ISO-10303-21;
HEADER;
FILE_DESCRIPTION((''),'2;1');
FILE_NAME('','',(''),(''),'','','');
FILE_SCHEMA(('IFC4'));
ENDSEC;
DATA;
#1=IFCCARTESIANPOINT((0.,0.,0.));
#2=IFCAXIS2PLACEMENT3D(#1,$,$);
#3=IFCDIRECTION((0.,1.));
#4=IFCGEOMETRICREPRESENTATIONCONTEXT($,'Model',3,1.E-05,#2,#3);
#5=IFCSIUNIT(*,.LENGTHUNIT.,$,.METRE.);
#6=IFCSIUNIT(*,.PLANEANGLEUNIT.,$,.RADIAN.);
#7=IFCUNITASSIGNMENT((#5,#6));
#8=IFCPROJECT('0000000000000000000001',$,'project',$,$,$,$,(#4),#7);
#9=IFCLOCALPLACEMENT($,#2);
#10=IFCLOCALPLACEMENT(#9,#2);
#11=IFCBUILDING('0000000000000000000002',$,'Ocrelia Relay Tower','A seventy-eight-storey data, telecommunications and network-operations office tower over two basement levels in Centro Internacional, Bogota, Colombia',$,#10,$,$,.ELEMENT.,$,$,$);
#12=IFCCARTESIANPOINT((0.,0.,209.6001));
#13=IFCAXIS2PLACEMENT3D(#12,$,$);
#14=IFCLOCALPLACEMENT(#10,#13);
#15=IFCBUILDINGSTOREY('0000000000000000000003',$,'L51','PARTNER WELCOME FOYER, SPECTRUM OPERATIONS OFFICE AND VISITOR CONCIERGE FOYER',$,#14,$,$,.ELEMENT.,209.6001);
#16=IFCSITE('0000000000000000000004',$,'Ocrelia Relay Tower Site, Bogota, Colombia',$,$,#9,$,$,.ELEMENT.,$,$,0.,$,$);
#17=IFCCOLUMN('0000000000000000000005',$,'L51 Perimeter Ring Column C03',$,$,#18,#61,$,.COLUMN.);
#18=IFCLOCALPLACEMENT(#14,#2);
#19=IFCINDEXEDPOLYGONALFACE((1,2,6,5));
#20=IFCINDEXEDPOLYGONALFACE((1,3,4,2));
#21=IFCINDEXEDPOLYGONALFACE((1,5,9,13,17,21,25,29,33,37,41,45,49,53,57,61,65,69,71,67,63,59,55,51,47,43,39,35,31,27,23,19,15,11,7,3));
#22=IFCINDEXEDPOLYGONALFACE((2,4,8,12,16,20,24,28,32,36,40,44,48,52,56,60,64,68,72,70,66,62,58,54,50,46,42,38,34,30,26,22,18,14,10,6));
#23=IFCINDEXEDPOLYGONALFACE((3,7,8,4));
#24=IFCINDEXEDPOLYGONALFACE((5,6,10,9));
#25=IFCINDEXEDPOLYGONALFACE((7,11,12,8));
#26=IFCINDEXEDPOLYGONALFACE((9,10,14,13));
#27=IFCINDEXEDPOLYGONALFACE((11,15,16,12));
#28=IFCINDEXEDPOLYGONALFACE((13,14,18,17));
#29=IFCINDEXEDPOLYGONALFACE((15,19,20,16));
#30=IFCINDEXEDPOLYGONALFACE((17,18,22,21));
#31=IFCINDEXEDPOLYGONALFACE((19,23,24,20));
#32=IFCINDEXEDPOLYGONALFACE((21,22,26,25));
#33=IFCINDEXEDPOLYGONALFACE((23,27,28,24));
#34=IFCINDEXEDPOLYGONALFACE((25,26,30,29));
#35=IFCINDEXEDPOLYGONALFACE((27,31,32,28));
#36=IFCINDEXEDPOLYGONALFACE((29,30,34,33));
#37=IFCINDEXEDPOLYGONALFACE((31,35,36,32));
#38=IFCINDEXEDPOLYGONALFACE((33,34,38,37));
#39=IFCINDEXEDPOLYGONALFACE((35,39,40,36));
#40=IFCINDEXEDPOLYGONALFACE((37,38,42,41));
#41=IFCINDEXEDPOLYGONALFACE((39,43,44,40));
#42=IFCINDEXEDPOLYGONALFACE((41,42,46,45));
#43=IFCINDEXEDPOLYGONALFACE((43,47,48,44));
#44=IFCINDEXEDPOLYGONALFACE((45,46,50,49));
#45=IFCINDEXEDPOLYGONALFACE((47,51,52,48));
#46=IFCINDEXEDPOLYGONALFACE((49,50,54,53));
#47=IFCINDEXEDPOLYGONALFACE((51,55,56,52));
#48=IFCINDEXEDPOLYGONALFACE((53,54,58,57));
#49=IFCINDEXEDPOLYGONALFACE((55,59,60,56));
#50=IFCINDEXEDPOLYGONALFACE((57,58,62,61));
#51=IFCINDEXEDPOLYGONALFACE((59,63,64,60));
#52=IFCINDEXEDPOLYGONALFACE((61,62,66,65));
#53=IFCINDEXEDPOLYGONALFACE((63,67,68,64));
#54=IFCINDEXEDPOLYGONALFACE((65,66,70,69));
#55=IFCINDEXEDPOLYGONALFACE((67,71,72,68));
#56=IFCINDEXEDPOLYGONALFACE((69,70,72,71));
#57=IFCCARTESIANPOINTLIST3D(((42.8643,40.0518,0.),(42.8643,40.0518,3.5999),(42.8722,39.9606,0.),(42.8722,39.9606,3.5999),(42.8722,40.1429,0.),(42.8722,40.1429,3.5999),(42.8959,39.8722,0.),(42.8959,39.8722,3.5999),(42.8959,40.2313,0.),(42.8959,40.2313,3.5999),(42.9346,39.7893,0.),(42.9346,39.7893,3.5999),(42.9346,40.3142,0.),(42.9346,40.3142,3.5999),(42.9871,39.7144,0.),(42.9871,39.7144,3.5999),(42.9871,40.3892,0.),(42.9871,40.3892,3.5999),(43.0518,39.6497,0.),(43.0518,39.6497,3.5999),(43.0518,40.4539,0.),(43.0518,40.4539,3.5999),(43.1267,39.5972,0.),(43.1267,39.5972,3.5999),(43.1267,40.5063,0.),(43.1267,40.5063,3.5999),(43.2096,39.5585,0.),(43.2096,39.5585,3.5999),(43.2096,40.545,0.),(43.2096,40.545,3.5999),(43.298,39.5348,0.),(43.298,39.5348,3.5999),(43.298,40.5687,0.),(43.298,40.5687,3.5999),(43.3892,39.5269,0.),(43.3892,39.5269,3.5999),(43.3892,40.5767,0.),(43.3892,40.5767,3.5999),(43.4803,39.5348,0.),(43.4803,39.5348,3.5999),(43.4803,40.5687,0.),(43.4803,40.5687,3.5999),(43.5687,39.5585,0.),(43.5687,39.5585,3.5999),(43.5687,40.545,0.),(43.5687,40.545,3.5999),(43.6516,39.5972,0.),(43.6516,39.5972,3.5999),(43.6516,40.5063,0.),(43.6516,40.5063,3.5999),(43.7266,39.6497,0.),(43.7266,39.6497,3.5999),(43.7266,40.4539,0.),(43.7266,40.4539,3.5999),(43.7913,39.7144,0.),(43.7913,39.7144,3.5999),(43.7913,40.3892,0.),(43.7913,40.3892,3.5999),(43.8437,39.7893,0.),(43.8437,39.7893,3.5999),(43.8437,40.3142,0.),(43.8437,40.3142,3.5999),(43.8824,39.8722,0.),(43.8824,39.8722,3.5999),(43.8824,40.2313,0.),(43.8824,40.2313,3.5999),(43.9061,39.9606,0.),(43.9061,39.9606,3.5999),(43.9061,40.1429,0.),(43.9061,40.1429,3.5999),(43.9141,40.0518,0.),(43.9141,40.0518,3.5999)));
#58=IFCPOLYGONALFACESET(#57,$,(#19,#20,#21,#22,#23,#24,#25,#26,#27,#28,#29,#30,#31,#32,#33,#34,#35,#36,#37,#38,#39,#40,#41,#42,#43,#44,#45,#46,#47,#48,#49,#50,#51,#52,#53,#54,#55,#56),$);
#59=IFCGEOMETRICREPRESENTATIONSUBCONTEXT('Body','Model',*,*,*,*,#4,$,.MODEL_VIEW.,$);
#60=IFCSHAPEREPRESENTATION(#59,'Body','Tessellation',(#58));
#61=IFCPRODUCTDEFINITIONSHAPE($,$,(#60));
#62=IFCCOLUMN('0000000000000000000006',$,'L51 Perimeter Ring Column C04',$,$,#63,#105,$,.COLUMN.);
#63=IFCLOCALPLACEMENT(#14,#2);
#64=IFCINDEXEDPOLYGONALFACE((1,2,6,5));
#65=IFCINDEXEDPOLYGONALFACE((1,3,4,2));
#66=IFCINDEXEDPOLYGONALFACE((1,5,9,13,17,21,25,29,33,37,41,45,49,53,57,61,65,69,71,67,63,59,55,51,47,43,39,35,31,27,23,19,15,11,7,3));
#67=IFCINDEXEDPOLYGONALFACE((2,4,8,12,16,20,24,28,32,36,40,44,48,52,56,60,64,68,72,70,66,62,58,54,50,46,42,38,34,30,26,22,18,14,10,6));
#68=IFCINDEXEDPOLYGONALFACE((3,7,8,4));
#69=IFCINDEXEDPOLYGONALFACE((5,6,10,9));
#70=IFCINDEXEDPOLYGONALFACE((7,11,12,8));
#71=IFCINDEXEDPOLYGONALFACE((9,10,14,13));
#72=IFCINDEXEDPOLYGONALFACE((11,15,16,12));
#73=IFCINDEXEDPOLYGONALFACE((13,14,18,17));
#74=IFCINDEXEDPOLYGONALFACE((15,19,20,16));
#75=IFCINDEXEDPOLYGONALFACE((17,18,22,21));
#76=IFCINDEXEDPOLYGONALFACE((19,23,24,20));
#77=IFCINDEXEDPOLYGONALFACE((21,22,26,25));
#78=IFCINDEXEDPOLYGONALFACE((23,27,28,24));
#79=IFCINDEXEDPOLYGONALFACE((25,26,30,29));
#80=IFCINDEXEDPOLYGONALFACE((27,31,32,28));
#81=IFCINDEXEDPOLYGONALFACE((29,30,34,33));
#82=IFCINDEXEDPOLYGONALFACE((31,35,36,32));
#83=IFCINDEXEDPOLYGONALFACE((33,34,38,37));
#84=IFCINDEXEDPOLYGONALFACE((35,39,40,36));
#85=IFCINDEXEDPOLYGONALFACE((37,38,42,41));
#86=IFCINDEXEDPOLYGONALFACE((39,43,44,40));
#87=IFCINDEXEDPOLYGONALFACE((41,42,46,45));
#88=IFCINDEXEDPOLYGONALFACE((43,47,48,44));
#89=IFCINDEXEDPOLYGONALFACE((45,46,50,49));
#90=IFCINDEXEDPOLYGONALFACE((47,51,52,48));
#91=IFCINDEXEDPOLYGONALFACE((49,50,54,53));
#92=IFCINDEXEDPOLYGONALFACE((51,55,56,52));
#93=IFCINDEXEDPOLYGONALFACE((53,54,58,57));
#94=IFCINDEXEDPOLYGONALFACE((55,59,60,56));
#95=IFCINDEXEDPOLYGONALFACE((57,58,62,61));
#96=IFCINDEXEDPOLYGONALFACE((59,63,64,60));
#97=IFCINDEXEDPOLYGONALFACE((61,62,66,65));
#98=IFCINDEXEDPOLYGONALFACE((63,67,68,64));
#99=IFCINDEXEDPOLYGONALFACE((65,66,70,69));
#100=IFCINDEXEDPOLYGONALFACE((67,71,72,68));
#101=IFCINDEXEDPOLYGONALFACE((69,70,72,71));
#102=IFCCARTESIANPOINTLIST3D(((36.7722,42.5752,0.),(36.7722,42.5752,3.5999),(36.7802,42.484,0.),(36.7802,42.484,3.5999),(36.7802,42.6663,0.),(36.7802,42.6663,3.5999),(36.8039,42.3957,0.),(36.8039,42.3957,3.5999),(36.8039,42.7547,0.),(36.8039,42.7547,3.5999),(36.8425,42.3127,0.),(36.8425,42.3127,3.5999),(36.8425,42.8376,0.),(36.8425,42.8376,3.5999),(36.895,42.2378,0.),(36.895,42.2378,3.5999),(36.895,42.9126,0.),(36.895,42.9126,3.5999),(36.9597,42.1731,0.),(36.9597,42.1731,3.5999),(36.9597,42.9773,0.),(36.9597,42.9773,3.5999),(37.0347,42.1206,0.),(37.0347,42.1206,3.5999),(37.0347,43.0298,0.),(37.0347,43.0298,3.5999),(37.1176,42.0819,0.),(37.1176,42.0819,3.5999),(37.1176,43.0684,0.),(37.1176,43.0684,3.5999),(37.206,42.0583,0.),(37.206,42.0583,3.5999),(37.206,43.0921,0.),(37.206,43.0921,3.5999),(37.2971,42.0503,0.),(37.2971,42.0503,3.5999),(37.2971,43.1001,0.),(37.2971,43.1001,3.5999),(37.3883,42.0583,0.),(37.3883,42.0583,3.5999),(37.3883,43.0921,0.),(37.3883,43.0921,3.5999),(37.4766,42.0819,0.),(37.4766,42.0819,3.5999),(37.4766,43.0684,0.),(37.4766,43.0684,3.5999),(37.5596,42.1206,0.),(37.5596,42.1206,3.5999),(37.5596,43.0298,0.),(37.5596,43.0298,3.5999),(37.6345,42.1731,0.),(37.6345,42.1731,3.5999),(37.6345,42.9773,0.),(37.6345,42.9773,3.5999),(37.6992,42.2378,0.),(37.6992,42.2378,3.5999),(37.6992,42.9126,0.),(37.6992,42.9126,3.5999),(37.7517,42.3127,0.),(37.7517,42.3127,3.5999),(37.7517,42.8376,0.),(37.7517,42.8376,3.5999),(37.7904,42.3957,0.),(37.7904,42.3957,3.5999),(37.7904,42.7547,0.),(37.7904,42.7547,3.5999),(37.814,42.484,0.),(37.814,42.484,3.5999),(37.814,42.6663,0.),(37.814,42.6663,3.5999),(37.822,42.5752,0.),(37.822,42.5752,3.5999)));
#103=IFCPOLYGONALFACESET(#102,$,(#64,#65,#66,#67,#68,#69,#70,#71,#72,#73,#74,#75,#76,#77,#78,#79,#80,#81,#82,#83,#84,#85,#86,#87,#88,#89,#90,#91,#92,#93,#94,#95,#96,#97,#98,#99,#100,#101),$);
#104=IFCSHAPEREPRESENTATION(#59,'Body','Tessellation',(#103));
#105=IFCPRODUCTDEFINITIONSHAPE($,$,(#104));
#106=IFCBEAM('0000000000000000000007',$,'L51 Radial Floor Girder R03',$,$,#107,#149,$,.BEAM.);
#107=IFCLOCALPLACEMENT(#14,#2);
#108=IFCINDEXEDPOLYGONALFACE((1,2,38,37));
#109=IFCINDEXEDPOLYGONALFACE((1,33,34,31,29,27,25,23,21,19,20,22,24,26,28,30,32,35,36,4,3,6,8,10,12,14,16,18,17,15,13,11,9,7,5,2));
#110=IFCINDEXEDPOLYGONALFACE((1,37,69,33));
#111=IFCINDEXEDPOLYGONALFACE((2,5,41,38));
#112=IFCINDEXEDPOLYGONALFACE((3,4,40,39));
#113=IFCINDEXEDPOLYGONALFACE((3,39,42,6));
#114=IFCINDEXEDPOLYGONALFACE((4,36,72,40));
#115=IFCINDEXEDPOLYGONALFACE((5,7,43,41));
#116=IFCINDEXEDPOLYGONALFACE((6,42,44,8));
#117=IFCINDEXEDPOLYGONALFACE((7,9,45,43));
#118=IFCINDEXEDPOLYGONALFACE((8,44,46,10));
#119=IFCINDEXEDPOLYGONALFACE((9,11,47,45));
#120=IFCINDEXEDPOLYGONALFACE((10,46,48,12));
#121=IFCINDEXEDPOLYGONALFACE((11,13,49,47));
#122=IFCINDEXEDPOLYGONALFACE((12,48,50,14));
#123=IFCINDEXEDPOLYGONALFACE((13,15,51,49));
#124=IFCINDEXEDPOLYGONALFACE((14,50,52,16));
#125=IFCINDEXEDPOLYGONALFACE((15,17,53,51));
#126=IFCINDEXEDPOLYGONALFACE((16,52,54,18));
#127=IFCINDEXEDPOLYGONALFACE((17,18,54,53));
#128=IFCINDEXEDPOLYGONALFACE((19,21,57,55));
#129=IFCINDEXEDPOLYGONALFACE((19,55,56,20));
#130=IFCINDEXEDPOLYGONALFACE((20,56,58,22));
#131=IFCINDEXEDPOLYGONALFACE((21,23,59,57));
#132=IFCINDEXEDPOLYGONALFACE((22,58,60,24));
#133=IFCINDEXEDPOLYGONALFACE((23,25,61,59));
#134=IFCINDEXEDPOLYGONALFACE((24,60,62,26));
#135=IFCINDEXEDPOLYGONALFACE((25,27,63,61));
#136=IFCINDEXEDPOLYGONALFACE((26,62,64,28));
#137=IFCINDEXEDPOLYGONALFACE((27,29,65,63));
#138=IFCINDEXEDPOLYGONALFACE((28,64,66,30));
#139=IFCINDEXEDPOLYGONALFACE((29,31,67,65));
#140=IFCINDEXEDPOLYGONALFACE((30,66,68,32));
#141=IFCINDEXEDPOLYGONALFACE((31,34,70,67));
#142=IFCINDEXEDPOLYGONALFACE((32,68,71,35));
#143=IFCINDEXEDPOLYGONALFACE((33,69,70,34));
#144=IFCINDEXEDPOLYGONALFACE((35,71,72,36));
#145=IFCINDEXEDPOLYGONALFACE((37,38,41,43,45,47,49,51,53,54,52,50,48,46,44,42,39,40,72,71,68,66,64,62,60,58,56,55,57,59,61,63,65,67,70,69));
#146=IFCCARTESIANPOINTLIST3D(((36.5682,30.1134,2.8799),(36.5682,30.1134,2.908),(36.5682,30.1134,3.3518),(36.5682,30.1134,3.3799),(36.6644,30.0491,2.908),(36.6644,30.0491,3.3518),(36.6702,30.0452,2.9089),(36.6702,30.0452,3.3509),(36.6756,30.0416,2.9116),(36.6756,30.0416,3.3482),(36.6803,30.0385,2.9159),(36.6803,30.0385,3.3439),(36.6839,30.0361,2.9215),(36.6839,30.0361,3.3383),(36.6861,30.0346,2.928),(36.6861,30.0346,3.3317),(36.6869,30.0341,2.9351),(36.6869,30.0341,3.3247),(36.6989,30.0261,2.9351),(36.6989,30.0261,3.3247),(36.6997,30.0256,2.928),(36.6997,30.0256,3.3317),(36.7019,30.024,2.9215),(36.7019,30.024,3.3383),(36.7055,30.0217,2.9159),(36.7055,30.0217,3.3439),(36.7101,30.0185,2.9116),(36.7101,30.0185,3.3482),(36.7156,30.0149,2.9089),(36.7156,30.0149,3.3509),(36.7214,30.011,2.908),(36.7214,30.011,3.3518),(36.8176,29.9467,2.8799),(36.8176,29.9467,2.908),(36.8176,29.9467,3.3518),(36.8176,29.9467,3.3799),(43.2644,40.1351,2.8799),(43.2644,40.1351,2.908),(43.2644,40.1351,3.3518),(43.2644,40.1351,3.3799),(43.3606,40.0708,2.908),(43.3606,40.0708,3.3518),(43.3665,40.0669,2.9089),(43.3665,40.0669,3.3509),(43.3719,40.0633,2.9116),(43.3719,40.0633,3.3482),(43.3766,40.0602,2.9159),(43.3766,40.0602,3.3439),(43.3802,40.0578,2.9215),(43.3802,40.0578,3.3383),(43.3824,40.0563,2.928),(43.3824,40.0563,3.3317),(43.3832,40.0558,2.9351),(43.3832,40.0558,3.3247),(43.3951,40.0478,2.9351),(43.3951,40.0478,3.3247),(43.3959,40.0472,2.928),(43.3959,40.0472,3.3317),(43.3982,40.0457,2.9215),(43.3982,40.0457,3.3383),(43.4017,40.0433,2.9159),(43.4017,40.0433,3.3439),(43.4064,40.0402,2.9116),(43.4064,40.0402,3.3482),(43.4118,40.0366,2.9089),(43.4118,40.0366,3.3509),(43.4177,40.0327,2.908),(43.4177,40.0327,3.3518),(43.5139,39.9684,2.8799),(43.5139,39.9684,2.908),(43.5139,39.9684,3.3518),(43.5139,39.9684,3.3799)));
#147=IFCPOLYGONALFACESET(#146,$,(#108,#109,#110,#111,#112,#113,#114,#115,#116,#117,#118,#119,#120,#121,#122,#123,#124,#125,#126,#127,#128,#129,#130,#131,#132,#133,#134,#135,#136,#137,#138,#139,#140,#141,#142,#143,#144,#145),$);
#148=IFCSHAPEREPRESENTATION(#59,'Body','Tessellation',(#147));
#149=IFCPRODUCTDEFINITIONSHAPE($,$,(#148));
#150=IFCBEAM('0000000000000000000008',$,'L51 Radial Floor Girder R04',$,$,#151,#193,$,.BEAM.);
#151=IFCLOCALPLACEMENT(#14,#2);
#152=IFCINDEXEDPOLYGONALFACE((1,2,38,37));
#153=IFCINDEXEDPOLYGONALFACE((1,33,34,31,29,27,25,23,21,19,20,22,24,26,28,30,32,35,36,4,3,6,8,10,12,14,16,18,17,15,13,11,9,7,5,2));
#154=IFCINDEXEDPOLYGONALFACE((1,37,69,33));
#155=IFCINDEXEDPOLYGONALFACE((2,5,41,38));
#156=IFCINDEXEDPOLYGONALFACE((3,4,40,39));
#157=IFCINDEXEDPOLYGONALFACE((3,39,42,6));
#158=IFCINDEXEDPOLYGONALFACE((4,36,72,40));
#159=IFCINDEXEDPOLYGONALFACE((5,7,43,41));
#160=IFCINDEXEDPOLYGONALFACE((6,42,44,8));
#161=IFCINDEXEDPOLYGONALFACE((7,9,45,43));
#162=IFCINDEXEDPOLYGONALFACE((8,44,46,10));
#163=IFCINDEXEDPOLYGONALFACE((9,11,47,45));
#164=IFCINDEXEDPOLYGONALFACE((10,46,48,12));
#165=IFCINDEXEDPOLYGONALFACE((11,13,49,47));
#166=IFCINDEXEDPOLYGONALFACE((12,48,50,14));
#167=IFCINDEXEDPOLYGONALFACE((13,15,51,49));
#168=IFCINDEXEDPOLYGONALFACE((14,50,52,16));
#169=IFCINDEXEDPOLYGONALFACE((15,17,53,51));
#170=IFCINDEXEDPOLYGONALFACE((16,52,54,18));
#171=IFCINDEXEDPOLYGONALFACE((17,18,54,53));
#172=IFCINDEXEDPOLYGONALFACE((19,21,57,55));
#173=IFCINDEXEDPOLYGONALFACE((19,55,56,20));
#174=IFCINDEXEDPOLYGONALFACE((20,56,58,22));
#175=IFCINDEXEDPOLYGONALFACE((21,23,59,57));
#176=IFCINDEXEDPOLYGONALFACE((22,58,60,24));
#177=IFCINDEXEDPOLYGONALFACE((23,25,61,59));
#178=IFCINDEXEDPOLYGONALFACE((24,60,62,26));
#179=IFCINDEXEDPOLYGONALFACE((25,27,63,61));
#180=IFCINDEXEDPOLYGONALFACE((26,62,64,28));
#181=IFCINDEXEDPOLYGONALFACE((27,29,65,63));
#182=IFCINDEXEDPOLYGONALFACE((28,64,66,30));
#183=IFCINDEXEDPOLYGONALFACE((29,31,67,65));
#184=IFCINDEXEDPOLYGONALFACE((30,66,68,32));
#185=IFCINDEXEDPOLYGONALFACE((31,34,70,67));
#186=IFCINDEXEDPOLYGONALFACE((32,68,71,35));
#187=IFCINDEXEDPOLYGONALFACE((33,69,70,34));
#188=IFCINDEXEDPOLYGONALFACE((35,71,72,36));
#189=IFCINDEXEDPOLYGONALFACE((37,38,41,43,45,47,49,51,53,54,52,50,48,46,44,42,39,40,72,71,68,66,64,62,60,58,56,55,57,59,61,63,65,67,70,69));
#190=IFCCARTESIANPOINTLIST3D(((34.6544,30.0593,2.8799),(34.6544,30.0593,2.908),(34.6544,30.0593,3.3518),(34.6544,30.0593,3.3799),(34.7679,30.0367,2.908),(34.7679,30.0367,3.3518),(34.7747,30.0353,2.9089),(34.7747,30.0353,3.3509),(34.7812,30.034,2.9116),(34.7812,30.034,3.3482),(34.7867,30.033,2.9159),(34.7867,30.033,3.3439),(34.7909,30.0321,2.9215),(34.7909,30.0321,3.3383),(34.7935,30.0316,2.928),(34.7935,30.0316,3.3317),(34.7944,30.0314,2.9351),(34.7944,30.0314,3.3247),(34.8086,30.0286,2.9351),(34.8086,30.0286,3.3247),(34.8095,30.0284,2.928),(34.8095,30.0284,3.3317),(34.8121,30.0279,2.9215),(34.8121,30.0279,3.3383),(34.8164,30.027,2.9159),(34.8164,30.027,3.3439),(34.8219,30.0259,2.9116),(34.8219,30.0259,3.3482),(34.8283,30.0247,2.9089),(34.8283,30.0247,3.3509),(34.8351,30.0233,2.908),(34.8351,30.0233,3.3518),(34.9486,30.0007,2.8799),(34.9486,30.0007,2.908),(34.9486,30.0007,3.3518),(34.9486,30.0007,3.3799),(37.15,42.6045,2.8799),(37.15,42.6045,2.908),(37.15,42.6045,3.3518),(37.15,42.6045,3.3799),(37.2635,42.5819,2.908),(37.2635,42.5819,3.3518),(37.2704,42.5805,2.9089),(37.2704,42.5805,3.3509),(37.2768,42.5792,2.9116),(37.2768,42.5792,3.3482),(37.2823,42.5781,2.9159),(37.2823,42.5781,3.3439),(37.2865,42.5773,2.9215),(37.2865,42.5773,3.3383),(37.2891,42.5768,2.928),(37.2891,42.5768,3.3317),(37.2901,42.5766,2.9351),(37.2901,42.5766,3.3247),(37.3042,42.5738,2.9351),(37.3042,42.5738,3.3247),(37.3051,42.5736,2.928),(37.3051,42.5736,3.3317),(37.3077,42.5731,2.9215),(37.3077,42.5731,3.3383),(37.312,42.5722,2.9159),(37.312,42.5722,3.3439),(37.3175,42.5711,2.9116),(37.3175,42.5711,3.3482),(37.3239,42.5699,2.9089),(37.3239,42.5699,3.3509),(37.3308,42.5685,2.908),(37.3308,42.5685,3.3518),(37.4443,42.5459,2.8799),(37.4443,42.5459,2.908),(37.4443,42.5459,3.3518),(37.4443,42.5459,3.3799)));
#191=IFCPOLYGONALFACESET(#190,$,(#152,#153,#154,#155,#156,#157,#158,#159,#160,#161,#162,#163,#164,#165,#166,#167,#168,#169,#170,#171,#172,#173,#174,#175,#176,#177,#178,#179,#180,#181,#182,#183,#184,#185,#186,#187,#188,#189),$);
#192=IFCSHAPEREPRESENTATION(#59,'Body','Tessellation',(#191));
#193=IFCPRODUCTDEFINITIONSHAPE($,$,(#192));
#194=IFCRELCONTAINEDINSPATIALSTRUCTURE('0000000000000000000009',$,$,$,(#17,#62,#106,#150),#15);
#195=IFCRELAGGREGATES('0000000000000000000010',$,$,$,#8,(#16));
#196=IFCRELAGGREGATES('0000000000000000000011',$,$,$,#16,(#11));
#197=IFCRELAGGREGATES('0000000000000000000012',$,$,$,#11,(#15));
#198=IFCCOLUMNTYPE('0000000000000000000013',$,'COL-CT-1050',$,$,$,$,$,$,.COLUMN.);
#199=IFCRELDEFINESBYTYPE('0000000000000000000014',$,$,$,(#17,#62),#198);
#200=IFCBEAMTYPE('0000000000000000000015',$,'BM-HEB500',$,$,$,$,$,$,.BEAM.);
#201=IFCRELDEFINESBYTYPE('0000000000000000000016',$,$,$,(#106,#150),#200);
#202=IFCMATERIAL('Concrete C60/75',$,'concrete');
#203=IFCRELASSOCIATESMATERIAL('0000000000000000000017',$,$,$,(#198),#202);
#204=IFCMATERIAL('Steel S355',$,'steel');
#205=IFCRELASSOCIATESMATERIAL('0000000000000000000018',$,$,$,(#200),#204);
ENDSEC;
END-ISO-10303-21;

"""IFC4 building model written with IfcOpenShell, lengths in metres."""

from ifc_helpers import new_model, si_unit, direction, frame, origin, origin_2d, place, context, subcontext, project, spatial, circle, i_section, extrude, material, material_profile, profile_set, type_object, element, save


model = new_model("IFC4")

# Units and contexts
model_context = context("Model", 3, precision=1e-05, world=origin(), true_north=direction((0.0, 1.0)))
body_context = subcontext(model_context, "Body", "Model", "MODEL_VIEW")
ifc_project = project(units=[si_unit("LENGTHUNIT", "METRE"), si_unit("PLANEANGLEUNIT", "RADIAN")], contexts=[model_context])

# Site, building, storey
site_placement = place(None, origin())
site = spatial("IfcSite", under=ifc_project, at=site_placement, Name="Ocrelia Relay Tower Site, Bogota, Colombia", CompositionType="ELEMENT", RefElevation=0.0)
building_placement = place(site_placement, origin())
building = spatial("IfcBuilding", under=site, at=building_placement, Name="Ocrelia Relay Tower", Description="A seventy-eight-storey data, telecommunications and network-operations office tower over two basement levels in Centro Internacional, Bogota, Colombia", CompositionType="ELEMENT")
storey_placement = place(building_placement, frame((0.0, 0.0, 209.6001)))
storey = spatial("IfcBuildingStorey", under=building, at=storey_placement, Name="L51", Description="PARTNER WELCOME FOYER, SPECTRUM OPERATIONS OFFICE AND VISITOR CONCIERGE FOYER", CompositionType="ELEMENT", Elevation=209.6001)

# Columns
ifc_material_1 = material(Name="Concrete C60/75", Category="concrete")
ifc_material_profile_1 = material_profile(ifc_material_1, circle(Radius=0.5249, at=origin_2d()), Name="RC-CIR-1050")
ifc_profile_set_1 = profile_set([ifc_material_profile_1], Name="Concrete C60/75")
column_type = type_object("IfcColumnType", Name="COL-CT-1050", PredefinedType="COLUMN", material=ifc_profile_set_1)
for number, where, z_axis, x_axis, name in (
    (1, (43.3892, 40.0518, 0.0), (0.0, 0.0, 1.0), (1.0, 0.0, 0.0), "L51 Perimeter Ring Column C03"),
    (2, (37.2971, 42.5752, 0.0), (0.0, 0.0, 1.0), (1.0, 0.0, 0.0), "L51 Perimeter Ring Column C04"),
):
    element("IfcColumn", number, at=place(storey_placement, frame(where, z_axis=z_axis, x_axis=x_axis)), inside=storey, type_object=column_type, Name=name, PredefinedType="COLUMN", context=body_context, shape_type="SweptSolid", body=[
        extrude(circle(Radius=0.5249, at=origin_2d()), origin(), (0.0, 0.0, 1.0), 3.5999),
    ])

# Beams
ifc_material_2 = material(Name="Steel S355", Category="steel")
ifc_material_profile_2 = material_profile(ifc_material_2, i_section(OverallWidth=0.3, OverallDepth=0.5, WebThickness=0.0144, FlangeThickness=0.0281, FilletRadius=0.0271, at=origin_2d()), Name="HEB 500")
ifc_profile_set_2 = profile_set([ifc_material_profile_2], Name="Steel S355")
beam_type_1 = type_object("IfcBeamType", Name="BM-HEB500", PredefinedType="BEAM", material=ifc_profile_set_2)
beam_1_placement = place(storey_placement, frame((43.3892, 40.0518, 3.1299), z_axis=(-0.555569, -0.83147, 0.0), x_axis=(0.83147, -0.555569, 0.0)))
element("IfcBeam", 3, at=beam_1_placement, inside=storey, type_object=beam_type_1, Name="L51 Radial Floor Girder R03", PredefinedType="BEAM", context=body_context, shape_type="SweptSolid", body=[
    extrude(i_section(OverallWidth=0.3, OverallDepth=0.5, WebThickness=0.0144, FlangeThickness=0.0281, FilletRadius=0.0271, at=origin_2d()), origin(), (0.0, 0.0, 1.0), 12.053),
])
beam_2_placement = place(storey_placement, frame((37.2971, 42.5752, 3.1299), z_axis=(-0.195107, -0.980782, 0.0), x_axis=(0.980782, -0.195107, 0.0)))
element("IfcBeam", 4, at=beam_2_placement, inside=storey, type_object=beam_type_1, Name="L51 Radial Floor Girder R04", PredefinedType="BEAM", context=body_context, shape_type="SweptSolid", body=[
    extrude(i_section(OverallWidth=0.3, OverallDepth=0.5, WebThickness=0.0144, FlangeThickness=0.0281, FilletRadius=0.0271, at=origin_2d()), origin(), (0.0, 0.0, 1.0), 12.791),
])

save(model, "model.ifc")
